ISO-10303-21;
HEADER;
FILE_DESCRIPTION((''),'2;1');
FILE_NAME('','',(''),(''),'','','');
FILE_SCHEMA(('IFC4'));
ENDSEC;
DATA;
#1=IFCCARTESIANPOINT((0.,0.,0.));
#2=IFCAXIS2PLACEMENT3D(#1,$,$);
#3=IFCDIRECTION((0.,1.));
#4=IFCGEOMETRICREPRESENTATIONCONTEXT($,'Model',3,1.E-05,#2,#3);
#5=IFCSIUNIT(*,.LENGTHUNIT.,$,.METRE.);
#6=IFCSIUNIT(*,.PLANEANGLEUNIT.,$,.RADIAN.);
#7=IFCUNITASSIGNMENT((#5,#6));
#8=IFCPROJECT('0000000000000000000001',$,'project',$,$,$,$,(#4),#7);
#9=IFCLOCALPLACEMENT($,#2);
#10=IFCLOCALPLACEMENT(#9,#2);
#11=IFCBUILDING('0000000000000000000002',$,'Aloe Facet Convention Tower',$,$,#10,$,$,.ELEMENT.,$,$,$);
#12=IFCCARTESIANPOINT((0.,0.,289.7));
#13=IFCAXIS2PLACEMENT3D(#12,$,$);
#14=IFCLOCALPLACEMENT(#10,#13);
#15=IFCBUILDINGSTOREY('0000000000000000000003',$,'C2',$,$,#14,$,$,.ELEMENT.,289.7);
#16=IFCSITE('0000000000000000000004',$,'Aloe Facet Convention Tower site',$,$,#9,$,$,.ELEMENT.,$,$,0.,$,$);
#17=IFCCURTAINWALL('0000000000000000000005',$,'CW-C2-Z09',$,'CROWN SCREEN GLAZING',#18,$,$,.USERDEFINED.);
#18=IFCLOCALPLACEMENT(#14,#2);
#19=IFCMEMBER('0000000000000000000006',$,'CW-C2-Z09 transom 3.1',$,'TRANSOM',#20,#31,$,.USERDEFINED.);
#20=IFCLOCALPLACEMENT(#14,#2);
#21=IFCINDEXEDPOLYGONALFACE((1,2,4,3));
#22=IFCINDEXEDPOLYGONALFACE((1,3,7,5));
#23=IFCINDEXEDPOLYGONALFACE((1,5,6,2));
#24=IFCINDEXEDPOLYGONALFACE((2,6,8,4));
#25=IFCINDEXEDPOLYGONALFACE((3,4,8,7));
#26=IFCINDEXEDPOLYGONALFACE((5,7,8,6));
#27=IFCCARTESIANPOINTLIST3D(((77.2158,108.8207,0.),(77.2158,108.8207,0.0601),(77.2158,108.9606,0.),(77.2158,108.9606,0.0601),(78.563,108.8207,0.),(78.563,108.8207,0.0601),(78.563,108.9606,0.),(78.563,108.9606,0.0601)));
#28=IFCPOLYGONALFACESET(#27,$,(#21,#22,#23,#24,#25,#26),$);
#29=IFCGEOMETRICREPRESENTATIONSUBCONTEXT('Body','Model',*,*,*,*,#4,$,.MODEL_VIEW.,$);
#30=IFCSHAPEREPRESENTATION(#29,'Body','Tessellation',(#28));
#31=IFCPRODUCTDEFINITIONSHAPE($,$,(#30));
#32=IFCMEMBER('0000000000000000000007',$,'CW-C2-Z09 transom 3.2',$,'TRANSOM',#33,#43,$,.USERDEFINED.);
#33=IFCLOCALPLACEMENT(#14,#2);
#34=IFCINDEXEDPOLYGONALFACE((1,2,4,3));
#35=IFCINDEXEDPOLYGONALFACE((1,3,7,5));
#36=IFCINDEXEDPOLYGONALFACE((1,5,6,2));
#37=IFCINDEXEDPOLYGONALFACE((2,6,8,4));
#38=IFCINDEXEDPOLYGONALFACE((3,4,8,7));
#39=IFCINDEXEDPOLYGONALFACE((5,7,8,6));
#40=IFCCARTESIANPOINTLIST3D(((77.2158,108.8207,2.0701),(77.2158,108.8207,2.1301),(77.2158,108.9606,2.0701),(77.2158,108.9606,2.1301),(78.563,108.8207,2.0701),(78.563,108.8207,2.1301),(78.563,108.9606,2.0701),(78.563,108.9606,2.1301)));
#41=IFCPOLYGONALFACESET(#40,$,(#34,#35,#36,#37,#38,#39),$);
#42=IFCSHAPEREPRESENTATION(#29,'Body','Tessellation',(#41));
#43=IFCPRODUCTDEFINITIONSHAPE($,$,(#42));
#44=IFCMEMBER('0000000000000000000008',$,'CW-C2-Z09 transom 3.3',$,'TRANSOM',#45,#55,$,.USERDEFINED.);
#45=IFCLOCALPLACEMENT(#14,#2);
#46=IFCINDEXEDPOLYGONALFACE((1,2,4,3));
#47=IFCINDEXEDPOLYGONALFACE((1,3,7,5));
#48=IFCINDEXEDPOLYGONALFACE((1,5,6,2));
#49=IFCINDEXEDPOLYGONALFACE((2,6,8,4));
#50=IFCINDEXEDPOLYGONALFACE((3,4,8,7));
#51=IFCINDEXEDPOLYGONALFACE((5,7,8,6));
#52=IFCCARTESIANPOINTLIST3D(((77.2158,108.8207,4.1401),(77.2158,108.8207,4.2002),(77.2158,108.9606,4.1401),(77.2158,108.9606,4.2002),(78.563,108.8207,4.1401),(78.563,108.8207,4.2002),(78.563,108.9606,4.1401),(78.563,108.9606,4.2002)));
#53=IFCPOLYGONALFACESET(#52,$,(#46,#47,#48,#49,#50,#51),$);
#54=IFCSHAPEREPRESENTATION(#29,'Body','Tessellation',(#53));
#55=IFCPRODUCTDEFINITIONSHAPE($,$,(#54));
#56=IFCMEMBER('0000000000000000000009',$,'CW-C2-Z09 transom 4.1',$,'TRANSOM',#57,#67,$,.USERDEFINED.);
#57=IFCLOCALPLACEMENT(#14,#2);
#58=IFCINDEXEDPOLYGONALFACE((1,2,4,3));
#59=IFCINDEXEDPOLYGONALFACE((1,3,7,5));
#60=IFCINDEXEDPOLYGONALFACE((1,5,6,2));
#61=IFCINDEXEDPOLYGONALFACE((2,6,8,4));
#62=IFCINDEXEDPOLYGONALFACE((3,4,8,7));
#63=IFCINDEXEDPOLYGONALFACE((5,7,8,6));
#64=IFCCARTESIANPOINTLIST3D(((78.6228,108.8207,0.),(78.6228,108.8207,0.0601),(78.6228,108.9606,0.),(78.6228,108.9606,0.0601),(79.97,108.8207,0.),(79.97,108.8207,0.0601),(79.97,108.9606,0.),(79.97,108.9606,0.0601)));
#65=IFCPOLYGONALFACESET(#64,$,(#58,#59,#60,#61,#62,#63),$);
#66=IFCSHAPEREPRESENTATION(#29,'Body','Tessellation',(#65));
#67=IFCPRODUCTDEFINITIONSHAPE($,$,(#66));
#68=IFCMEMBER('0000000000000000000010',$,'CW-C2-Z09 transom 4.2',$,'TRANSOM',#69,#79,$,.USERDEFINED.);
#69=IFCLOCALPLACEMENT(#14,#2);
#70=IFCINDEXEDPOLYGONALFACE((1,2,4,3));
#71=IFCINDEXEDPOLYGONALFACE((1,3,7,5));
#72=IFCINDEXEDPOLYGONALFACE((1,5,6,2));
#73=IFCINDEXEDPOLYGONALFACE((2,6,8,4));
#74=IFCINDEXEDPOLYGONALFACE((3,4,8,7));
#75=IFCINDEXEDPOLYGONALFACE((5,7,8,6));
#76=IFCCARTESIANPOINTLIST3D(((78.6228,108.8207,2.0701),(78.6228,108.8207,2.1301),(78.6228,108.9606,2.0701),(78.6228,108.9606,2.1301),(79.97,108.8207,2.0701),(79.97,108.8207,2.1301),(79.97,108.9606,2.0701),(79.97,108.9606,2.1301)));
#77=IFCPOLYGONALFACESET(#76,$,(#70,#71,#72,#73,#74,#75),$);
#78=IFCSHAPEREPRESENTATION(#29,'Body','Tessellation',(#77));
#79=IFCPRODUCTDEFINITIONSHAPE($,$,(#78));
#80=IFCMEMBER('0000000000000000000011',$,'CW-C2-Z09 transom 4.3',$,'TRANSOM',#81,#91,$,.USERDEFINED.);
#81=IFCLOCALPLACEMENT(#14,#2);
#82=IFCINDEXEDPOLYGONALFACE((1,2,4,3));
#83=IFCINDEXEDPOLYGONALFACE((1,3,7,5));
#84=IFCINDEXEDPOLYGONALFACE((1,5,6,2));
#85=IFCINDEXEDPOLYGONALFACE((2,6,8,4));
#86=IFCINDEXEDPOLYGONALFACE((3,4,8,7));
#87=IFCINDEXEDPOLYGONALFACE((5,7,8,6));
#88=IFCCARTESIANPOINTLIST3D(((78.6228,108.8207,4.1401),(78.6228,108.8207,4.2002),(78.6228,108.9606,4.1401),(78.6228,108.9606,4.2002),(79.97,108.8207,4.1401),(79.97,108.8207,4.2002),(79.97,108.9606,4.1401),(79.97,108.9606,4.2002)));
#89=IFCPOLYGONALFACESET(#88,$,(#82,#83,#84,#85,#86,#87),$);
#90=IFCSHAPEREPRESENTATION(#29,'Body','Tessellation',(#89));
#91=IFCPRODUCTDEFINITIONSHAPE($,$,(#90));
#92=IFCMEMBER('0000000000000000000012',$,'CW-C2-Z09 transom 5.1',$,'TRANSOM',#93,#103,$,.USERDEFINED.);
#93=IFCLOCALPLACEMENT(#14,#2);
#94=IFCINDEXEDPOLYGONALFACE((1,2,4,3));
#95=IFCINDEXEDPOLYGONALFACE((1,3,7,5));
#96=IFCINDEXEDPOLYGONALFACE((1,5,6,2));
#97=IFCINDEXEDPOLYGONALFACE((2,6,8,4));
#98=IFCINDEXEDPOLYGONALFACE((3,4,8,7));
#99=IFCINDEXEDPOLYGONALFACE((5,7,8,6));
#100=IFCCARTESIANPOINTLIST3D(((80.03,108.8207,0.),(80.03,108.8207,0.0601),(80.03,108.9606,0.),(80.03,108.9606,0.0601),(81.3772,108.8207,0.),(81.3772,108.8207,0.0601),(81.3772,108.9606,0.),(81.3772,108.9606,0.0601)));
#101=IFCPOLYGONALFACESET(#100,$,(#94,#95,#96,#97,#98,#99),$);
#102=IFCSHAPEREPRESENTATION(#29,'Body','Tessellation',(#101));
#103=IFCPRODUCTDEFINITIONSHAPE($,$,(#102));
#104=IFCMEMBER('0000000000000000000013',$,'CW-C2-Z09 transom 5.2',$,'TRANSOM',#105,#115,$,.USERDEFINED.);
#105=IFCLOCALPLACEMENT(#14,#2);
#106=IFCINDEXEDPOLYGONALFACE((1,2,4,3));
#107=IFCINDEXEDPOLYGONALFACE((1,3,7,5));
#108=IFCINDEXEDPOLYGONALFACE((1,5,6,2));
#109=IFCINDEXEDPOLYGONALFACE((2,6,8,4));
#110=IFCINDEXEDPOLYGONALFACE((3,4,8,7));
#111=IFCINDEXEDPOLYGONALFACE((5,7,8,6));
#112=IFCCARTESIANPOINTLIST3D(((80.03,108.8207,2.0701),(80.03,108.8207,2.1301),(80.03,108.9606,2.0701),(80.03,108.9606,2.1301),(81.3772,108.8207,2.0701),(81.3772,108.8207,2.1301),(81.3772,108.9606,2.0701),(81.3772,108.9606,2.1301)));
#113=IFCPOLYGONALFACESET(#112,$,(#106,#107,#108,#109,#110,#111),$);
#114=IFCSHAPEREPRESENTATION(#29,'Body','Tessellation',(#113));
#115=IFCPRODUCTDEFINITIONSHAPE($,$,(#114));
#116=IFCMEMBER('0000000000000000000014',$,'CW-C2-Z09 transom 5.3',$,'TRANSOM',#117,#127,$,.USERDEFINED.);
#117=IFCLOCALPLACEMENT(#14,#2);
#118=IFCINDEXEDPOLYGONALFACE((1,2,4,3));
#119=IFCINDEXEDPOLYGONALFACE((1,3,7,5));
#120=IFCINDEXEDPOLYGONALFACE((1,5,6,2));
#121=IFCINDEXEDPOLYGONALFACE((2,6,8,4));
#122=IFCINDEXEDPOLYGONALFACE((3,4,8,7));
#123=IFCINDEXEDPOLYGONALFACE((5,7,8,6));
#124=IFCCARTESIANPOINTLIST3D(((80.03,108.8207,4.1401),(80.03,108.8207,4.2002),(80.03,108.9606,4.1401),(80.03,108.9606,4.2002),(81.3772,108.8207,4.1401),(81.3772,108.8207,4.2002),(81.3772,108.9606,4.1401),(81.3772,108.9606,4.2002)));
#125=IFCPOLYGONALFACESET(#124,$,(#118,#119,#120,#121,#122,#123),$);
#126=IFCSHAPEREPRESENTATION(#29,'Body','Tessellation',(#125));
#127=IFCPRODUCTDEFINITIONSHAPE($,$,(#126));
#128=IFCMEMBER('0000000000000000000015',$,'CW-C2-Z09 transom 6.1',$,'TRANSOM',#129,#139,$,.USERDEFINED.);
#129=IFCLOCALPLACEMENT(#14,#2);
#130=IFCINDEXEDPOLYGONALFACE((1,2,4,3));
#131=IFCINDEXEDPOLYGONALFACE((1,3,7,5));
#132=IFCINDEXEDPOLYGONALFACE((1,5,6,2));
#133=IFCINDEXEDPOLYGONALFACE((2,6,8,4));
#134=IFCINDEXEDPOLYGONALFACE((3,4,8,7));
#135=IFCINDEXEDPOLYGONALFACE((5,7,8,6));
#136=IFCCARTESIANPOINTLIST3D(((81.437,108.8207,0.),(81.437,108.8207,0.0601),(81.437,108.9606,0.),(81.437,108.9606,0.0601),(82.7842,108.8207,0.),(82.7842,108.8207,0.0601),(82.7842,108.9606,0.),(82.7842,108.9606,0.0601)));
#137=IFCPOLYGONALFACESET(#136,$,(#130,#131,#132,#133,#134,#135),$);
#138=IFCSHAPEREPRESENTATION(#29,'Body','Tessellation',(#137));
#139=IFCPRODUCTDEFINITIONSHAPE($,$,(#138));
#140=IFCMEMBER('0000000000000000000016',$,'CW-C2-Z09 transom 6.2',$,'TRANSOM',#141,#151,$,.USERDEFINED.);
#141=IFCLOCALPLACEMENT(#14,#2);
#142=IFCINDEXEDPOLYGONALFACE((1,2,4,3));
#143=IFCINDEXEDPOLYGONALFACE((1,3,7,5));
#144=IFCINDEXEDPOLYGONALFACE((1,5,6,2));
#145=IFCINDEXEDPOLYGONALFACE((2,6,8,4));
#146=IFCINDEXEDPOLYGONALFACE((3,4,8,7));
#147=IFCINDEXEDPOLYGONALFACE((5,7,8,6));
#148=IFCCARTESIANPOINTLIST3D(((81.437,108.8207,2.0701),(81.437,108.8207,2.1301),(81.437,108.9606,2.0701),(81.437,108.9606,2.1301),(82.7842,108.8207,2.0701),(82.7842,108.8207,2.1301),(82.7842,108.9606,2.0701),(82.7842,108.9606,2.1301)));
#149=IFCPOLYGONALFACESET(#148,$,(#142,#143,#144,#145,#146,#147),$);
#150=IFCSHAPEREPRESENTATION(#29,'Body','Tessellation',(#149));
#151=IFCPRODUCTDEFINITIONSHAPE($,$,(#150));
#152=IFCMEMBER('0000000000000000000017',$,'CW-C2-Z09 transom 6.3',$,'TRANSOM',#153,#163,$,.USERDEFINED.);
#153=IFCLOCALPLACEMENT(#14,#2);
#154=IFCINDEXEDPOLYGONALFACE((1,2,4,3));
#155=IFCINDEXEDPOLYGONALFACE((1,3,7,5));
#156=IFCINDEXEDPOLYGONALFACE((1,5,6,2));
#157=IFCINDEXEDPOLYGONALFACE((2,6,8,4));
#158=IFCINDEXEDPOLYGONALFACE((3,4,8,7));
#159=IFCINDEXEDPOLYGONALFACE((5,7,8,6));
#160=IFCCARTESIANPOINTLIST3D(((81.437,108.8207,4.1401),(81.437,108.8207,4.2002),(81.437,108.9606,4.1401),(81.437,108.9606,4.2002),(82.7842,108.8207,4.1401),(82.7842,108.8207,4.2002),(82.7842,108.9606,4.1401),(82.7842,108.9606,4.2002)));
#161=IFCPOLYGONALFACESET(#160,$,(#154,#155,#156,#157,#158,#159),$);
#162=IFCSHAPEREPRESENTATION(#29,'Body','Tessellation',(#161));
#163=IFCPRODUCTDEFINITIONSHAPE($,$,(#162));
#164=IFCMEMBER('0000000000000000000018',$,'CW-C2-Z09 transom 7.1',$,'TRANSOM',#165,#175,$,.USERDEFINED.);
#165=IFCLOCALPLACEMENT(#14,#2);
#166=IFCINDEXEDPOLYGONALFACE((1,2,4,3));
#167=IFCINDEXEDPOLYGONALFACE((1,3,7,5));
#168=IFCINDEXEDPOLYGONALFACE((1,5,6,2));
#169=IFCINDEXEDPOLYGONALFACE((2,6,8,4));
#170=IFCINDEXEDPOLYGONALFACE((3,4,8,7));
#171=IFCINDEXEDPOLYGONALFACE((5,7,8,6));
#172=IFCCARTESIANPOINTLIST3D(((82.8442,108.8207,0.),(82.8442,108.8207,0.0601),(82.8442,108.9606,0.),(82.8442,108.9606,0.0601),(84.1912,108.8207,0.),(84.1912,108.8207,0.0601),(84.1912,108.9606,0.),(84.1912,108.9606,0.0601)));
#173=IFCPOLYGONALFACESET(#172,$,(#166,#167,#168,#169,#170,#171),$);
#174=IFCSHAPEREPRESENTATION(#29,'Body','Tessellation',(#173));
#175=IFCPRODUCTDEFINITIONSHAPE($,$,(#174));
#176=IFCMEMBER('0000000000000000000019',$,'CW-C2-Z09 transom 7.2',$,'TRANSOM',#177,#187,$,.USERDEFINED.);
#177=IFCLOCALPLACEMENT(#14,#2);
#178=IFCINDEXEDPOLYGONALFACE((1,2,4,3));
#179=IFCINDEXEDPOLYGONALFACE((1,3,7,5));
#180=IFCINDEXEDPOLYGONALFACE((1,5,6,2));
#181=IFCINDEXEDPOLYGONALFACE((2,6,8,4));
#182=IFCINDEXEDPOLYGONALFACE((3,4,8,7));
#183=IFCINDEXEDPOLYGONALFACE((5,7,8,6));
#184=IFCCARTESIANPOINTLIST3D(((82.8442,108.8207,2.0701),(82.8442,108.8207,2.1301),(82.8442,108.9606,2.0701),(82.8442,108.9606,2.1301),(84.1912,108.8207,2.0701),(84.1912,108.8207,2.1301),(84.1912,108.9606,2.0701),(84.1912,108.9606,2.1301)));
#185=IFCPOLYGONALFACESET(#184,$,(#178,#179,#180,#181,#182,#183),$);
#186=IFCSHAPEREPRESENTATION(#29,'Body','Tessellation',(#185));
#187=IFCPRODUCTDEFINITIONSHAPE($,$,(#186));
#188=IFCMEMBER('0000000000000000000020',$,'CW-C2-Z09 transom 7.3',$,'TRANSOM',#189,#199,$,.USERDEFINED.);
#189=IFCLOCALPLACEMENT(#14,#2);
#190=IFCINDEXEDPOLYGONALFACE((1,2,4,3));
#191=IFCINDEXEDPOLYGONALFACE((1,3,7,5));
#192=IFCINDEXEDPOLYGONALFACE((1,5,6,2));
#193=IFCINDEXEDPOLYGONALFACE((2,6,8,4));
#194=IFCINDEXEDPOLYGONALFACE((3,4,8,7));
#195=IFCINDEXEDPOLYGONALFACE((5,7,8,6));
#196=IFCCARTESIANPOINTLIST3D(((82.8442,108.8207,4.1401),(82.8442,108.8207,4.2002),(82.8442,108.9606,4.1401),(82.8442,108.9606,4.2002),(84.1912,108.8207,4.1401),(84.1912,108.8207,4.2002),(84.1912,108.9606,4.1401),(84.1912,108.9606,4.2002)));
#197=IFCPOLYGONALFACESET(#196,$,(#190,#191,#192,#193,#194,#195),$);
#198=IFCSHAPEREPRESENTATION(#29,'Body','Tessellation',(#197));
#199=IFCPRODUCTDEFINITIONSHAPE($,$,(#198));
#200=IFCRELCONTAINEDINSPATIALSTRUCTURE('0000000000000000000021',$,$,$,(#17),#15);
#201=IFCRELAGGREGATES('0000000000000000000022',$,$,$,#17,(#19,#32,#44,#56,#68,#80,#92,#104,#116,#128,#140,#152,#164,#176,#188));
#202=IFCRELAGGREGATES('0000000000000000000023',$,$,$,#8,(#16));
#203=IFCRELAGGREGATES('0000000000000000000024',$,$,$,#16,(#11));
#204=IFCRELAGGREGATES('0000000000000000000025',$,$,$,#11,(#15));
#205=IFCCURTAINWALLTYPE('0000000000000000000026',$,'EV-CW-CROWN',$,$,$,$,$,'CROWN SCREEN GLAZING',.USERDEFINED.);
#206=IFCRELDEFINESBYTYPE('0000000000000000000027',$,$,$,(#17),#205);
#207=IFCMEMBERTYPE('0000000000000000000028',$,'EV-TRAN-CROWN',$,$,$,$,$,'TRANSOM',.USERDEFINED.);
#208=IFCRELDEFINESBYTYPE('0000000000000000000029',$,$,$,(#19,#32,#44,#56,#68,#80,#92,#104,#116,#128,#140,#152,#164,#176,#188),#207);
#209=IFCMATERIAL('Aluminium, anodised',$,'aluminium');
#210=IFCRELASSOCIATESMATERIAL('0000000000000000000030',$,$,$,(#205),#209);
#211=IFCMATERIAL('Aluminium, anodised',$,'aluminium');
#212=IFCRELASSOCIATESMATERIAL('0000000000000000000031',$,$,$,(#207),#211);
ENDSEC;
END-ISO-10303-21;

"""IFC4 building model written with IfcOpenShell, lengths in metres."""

from ifc_helpers import new_model, si_unit, direction, frame, origin, origin_2d, place, context, subcontext, project, spatial, rectangle, extrude, material, material_profile, profile_set, type_object, element, aggregate, save


model = new_model("IFC4")

# Units and contexts
model_context = context("Model", 3, precision=1e-05, world=origin(), true_north=direction((0.0, 1.0)))
body_context = subcontext(model_context, "Body", "Model", "MODEL_VIEW")
ifc_project = project(units=[si_unit("LENGTHUNIT", "METRE"), si_unit("PLANEANGLEUNIT", "RADIAN")], contexts=[model_context])

# Site, building, storey
site_placement = place(None, origin())
site = spatial("IfcSite", under=ifc_project, at=site_placement, Name="Aloe Facet Convention Tower site", CompositionType="ELEMENT", RefElevation=0.0)
building_placement = place(site_placement, origin())
building = spatial("IfcBuilding", under=site, at=building_placement, Name="Aloe Facet Convention Tower", CompositionType="ELEMENT")
storey_placement = place(building_placement, frame((0.0, 0.0, 289.7)))
storey = spatial("IfcBuildingStorey", under=building, at=storey_placement, Name="C2", CompositionType="ELEMENT", Elevation=289.7)

# Curtain wall, members
ifc_material_1 = material(Name="Aluminium, anodised", Category="aluminium")
curtain_wall_type = type_object("IfcCurtainWallType", Name="EV-CW-CROWN", ElementType="CROWN SCREEN GLAZING", PredefinedType="USERDEFINED", material=ifc_material_1)
curtain_wall_placement = place(storey_placement, origin())
curtain_wall = element("IfcCurtainWall", 1, at=curtain_wall_placement, inside=storey, type_object=curtain_wall_type, Name="CW-C2-Z09", ObjectType="CROWN SCREEN GLAZING", PredefinedType="USERDEFINED")
ifc_material_2 = material(Name="Aluminium, anodised", Category="aluminium")
ifc_material_profile = material_profile(ifc_material_2, rectangle(XDim=0.1399, YDim=0.0601, at=origin_2d()), Name="AL 140x60")
ifc_profile_set = profile_set([ifc_material_profile], Name="Aluminium, anodised")
member_type = type_object("IfcMemberType", Name="EV-TRAN-CROWN", ElementType="TRANSOM", PredefinedType="USERDEFINED", material=ifc_profile_set)
member_1_placement = place(storey_placement, frame((77.2158, 108.8906, 0.03), z_axis=(1.0, 0.0, 0.0), x_axis=(0.0, 1.0, 0.0)))
member_1 = element("IfcMember", 2, at=member_1_placement, type_object=member_type, Name="CW-C2-Z09 transom 3.1", ObjectType="TRANSOM", PredefinedType="USERDEFINED", context=body_context, shape_type="SweptSolid", body=[
    extrude(rectangle(XDim=0.1399, YDim=0.0601, at=origin_2d()), origin(), (0.0, 0.0, 1.0), 1.3472),
])
member_2_placement = place(storey_placement, frame((77.2158, 108.8906, 2.1001), z_axis=(1.0, 0.0, 0.0), x_axis=(0.0, 1.0, 0.0)))
member_2 = element("IfcMember", 3, at=member_2_placement, type_object=member_type, Name="CW-C2-Z09 transom 3.2", ObjectType="TRANSOM", PredefinedType="USERDEFINED", context=body_context, shape_type="SweptSolid", body=[
    extrude(rectangle(XDim=0.1399, YDim=0.0601, at=origin_2d()), origin(), (0.0, 0.0, 1.0), 1.3472),
])
member_3_placement = place(storey_placement, frame((77.2158, 108.8906, 4.1702), z_axis=(1.0, 0.0, 0.0), x_axis=(0.0, 1.0, 0.0)))
member_3 = element("IfcMember", 4, at=member_3_placement, type_object=member_type, Name="CW-C2-Z09 transom 3.3", ObjectType="TRANSOM", PredefinedType="USERDEFINED", context=body_context, shape_type="SweptSolid", body=[
    extrude(rectangle(XDim=0.1399, YDim=0.0601, at=origin_2d()), origin(), (0.0, 0.0, 1.0), 1.3472),
])
member_4_placement = place(storey_placement, frame((78.6228, 108.8906, 0.03), z_axis=(1.0, 0.0, 0.0), x_axis=(0.0, 1.0, 0.0)))
member_4 = element("IfcMember", 5, at=member_4_placement, type_object=member_type, Name="CW-C2-Z09 transom 4.1", ObjectType="TRANSOM", PredefinedType="USERDEFINED", context=body_context, shape_type="SweptSolid", body=[
    extrude(rectangle(XDim=0.1399, YDim=0.0601, at=origin_2d()), origin(), (0.0, 0.0, 1.0), 1.3472),
])
member_5_placement = place(storey_placement, frame((78.6228, 108.8906, 2.1001), z_axis=(1.0, 0.0, 0.0), x_axis=(0.0, 1.0, 0.0)))
member_5 = element("IfcMember", 6, at=member_5_placement, type_object=member_type, Name="CW-C2-Z09 transom 4.2", ObjectType="TRANSOM", PredefinedType="USERDEFINED", context=body_context, shape_type="SweptSolid", body=[
    extrude(rectangle(XDim=0.1399, YDim=0.0601, at=origin_2d()), origin(), (0.0, 0.0, 1.0), 1.3472),
])
member_6_placement = place(storey_placement, frame((78.6228, 108.8906, 4.1702), z_axis=(1.0, 0.0, 0.0), x_axis=(0.0, 1.0, 0.0)))
member_6 = element("IfcMember", 7, at=member_6_placement, type_object=member_type, Name="CW-C2-Z09 transom 4.3", ObjectType="TRANSOM", PredefinedType="USERDEFINED", context=body_context, shape_type="SweptSolid", body=[
    extrude(rectangle(XDim=0.1399, YDim=0.0601, at=origin_2d()), origin(), (0.0, 0.0, 1.0), 1.3472),
])
member_7_placement = place(storey_placement, frame((80.03, 108.8906, 0.03), z_axis=(1.0, 0.0, 0.0), x_axis=(0.0, 1.0, 0.0)))
member_7 = element("IfcMember", 8, at=member_7_placement, type_object=member_type, Name="CW-C2-Z09 transom 5.1", ObjectType="TRANSOM", PredefinedType="USERDEFINED", context=body_context, shape_type="SweptSolid", body=[
    extrude(rectangle(XDim=0.1399, YDim=0.0601, at=origin_2d()), origin(), (0.0, 0.0, 1.0), 1.3472),
])
member_8_placement = place(storey_placement, frame((80.03, 108.8906, 2.1001), z_axis=(1.0, 0.0, 0.0), x_axis=(0.0, 1.0, 0.0)))
member_8 = element("IfcMember", 9, at=member_8_placement, type_object=member_type, Name="CW-C2-Z09 transom 5.2", ObjectType="TRANSOM", PredefinedType="USERDEFINED", context=body_context, shape_type="SweptSolid", body=[
    extrude(rectangle(XDim=0.1399, YDim=0.0601, at=origin_2d()), origin(), (0.0, 0.0, 1.0), 1.3472),
])
member_9_placement = place(storey_placement, frame((80.03, 108.8906, 4.1702), z_axis=(1.0, 0.0, 0.0), x_axis=(0.0, 1.0, 0.0)))
member_9 = element("IfcMember", 10, at=member_9_placement, type_object=member_type, Name="CW-C2-Z09 transom 5.3", ObjectType="TRANSOM", PredefinedType="USERDEFINED", context=body_context, shape_type="SweptSolid", body=[
    extrude(rectangle(XDim=0.1399, YDim=0.0601, at=origin_2d()), origin(), (0.0, 0.0, 1.0), 1.3472),
])
member_10_placement = place(storey_placement, frame((81.437, 108.8906, 0.03), z_axis=(1.0, 0.0, 0.0), x_axis=(0.0, 1.0, 0.0)))
member_10 = element("IfcMember", 11, at=member_10_placement, type_object=member_type, Name="CW-C2-Z09 transom 6.1", ObjectType="TRANSOM", PredefinedType="USERDEFINED", context=body_context, shape_type="SweptSolid", body=[
    extrude(rectangle(XDim=0.1399, YDim=0.0601, at=origin_2d()), origin(), (0.0, 0.0, 1.0), 1.3472),
])
member_11_placement = place(storey_placement, frame((81.437, 108.8906, 2.1001), z_axis=(1.0, 0.0, 0.0), x_axis=(0.0, 1.0, 0.0)))
member_11 = element("IfcMember", 12, at=member_11_placement, type_object=member_type, Name="CW-C2-Z09 transom 6.2", ObjectType="TRANSOM", PredefinedType="USERDEFINED", context=body_context, shape_type="SweptSolid", body=[
    extrude(rectangle(XDim=0.1399, YDim=0.0601, at=origin_2d()), origin(), (0.0, 0.0, 1.0), 1.3472),
])
member_12_placement = place(storey_placement, frame((81.437, 108.8906, 4.1702), z_axis=(1.0, 0.0, 0.0), x_axis=(0.0, 1.0, 0.0)))
member_12 = element("IfcMember", 13, at=member_12_placement, type_object=member_type, Name="CW-C2-Z09 transom 6.3", ObjectType="TRANSOM", PredefinedType="USERDEFINED", context=body_context, shape_type="SweptSolid", body=[
    extrude(rectangle(XDim=0.1399, YDim=0.0601, at=origin_2d()), origin(), (0.0, 0.0, 1.0), 1.3472),
])
member_13_placement = place(storey_placement, frame((82.8442, 108.8906, 0.03), z_axis=(1.0, 0.0, 0.0), x_axis=(0.0, 1.0, 0.0)))
member_13 = element("IfcMember", 14, at=member_13_placement, type_object=member_type, Name="CW-C2-Z09 transom 7.1", ObjectType="TRANSOM", PredefinedType="USERDEFINED", context=body_context, shape_type="SweptSolid", body=[
    extrude(rectangle(XDim=0.1399, YDim=0.0601, at=origin_2d()), origin(), (0.0, 0.0, 1.0), 1.3469),
])
member_14_placement = place(storey_placement, frame((82.8442, 108.8906, 2.1001), z_axis=(1.0, 0.0, 0.0), x_axis=(0.0, 1.0, 0.0)))
member_14 = element("IfcMember", 15, at=member_14_placement, type_object=member_type, Name="CW-C2-Z09 transom 7.2", ObjectType="TRANSOM", PredefinedType="USERDEFINED", context=body_context, shape_type="SweptSolid", body=[
    extrude(rectangle(XDim=0.1399, YDim=0.0601, at=origin_2d()), origin(), (0.0, 0.0, 1.0), 1.3469),
])
member_15_placement = place(storey_placement, frame((82.8442, 108.8906, 4.1702), z_axis=(1.0, 0.0, 0.0), x_axis=(0.0, 1.0, 0.0)))
member_15 = element("IfcMember", 16, at=member_15_placement, type_object=member_type, Name="CW-C2-Z09 transom 7.3", ObjectType="TRANSOM", PredefinedType="USERDEFINED", context=body_context, shape_type="SweptSolid", body=[
    extrude(rectangle(XDim=0.1399, YDim=0.0601, at=origin_2d()), origin(), (0.0, 0.0, 1.0), 1.3469),
])
aggregate(curtain_wall, [member_1, member_2, member_3, member_4, member_5, member_6, member_7, member_8, member_9, member_10, member_11, member_12, member_13, member_14, member_15])

save(model, "model.ifc")
